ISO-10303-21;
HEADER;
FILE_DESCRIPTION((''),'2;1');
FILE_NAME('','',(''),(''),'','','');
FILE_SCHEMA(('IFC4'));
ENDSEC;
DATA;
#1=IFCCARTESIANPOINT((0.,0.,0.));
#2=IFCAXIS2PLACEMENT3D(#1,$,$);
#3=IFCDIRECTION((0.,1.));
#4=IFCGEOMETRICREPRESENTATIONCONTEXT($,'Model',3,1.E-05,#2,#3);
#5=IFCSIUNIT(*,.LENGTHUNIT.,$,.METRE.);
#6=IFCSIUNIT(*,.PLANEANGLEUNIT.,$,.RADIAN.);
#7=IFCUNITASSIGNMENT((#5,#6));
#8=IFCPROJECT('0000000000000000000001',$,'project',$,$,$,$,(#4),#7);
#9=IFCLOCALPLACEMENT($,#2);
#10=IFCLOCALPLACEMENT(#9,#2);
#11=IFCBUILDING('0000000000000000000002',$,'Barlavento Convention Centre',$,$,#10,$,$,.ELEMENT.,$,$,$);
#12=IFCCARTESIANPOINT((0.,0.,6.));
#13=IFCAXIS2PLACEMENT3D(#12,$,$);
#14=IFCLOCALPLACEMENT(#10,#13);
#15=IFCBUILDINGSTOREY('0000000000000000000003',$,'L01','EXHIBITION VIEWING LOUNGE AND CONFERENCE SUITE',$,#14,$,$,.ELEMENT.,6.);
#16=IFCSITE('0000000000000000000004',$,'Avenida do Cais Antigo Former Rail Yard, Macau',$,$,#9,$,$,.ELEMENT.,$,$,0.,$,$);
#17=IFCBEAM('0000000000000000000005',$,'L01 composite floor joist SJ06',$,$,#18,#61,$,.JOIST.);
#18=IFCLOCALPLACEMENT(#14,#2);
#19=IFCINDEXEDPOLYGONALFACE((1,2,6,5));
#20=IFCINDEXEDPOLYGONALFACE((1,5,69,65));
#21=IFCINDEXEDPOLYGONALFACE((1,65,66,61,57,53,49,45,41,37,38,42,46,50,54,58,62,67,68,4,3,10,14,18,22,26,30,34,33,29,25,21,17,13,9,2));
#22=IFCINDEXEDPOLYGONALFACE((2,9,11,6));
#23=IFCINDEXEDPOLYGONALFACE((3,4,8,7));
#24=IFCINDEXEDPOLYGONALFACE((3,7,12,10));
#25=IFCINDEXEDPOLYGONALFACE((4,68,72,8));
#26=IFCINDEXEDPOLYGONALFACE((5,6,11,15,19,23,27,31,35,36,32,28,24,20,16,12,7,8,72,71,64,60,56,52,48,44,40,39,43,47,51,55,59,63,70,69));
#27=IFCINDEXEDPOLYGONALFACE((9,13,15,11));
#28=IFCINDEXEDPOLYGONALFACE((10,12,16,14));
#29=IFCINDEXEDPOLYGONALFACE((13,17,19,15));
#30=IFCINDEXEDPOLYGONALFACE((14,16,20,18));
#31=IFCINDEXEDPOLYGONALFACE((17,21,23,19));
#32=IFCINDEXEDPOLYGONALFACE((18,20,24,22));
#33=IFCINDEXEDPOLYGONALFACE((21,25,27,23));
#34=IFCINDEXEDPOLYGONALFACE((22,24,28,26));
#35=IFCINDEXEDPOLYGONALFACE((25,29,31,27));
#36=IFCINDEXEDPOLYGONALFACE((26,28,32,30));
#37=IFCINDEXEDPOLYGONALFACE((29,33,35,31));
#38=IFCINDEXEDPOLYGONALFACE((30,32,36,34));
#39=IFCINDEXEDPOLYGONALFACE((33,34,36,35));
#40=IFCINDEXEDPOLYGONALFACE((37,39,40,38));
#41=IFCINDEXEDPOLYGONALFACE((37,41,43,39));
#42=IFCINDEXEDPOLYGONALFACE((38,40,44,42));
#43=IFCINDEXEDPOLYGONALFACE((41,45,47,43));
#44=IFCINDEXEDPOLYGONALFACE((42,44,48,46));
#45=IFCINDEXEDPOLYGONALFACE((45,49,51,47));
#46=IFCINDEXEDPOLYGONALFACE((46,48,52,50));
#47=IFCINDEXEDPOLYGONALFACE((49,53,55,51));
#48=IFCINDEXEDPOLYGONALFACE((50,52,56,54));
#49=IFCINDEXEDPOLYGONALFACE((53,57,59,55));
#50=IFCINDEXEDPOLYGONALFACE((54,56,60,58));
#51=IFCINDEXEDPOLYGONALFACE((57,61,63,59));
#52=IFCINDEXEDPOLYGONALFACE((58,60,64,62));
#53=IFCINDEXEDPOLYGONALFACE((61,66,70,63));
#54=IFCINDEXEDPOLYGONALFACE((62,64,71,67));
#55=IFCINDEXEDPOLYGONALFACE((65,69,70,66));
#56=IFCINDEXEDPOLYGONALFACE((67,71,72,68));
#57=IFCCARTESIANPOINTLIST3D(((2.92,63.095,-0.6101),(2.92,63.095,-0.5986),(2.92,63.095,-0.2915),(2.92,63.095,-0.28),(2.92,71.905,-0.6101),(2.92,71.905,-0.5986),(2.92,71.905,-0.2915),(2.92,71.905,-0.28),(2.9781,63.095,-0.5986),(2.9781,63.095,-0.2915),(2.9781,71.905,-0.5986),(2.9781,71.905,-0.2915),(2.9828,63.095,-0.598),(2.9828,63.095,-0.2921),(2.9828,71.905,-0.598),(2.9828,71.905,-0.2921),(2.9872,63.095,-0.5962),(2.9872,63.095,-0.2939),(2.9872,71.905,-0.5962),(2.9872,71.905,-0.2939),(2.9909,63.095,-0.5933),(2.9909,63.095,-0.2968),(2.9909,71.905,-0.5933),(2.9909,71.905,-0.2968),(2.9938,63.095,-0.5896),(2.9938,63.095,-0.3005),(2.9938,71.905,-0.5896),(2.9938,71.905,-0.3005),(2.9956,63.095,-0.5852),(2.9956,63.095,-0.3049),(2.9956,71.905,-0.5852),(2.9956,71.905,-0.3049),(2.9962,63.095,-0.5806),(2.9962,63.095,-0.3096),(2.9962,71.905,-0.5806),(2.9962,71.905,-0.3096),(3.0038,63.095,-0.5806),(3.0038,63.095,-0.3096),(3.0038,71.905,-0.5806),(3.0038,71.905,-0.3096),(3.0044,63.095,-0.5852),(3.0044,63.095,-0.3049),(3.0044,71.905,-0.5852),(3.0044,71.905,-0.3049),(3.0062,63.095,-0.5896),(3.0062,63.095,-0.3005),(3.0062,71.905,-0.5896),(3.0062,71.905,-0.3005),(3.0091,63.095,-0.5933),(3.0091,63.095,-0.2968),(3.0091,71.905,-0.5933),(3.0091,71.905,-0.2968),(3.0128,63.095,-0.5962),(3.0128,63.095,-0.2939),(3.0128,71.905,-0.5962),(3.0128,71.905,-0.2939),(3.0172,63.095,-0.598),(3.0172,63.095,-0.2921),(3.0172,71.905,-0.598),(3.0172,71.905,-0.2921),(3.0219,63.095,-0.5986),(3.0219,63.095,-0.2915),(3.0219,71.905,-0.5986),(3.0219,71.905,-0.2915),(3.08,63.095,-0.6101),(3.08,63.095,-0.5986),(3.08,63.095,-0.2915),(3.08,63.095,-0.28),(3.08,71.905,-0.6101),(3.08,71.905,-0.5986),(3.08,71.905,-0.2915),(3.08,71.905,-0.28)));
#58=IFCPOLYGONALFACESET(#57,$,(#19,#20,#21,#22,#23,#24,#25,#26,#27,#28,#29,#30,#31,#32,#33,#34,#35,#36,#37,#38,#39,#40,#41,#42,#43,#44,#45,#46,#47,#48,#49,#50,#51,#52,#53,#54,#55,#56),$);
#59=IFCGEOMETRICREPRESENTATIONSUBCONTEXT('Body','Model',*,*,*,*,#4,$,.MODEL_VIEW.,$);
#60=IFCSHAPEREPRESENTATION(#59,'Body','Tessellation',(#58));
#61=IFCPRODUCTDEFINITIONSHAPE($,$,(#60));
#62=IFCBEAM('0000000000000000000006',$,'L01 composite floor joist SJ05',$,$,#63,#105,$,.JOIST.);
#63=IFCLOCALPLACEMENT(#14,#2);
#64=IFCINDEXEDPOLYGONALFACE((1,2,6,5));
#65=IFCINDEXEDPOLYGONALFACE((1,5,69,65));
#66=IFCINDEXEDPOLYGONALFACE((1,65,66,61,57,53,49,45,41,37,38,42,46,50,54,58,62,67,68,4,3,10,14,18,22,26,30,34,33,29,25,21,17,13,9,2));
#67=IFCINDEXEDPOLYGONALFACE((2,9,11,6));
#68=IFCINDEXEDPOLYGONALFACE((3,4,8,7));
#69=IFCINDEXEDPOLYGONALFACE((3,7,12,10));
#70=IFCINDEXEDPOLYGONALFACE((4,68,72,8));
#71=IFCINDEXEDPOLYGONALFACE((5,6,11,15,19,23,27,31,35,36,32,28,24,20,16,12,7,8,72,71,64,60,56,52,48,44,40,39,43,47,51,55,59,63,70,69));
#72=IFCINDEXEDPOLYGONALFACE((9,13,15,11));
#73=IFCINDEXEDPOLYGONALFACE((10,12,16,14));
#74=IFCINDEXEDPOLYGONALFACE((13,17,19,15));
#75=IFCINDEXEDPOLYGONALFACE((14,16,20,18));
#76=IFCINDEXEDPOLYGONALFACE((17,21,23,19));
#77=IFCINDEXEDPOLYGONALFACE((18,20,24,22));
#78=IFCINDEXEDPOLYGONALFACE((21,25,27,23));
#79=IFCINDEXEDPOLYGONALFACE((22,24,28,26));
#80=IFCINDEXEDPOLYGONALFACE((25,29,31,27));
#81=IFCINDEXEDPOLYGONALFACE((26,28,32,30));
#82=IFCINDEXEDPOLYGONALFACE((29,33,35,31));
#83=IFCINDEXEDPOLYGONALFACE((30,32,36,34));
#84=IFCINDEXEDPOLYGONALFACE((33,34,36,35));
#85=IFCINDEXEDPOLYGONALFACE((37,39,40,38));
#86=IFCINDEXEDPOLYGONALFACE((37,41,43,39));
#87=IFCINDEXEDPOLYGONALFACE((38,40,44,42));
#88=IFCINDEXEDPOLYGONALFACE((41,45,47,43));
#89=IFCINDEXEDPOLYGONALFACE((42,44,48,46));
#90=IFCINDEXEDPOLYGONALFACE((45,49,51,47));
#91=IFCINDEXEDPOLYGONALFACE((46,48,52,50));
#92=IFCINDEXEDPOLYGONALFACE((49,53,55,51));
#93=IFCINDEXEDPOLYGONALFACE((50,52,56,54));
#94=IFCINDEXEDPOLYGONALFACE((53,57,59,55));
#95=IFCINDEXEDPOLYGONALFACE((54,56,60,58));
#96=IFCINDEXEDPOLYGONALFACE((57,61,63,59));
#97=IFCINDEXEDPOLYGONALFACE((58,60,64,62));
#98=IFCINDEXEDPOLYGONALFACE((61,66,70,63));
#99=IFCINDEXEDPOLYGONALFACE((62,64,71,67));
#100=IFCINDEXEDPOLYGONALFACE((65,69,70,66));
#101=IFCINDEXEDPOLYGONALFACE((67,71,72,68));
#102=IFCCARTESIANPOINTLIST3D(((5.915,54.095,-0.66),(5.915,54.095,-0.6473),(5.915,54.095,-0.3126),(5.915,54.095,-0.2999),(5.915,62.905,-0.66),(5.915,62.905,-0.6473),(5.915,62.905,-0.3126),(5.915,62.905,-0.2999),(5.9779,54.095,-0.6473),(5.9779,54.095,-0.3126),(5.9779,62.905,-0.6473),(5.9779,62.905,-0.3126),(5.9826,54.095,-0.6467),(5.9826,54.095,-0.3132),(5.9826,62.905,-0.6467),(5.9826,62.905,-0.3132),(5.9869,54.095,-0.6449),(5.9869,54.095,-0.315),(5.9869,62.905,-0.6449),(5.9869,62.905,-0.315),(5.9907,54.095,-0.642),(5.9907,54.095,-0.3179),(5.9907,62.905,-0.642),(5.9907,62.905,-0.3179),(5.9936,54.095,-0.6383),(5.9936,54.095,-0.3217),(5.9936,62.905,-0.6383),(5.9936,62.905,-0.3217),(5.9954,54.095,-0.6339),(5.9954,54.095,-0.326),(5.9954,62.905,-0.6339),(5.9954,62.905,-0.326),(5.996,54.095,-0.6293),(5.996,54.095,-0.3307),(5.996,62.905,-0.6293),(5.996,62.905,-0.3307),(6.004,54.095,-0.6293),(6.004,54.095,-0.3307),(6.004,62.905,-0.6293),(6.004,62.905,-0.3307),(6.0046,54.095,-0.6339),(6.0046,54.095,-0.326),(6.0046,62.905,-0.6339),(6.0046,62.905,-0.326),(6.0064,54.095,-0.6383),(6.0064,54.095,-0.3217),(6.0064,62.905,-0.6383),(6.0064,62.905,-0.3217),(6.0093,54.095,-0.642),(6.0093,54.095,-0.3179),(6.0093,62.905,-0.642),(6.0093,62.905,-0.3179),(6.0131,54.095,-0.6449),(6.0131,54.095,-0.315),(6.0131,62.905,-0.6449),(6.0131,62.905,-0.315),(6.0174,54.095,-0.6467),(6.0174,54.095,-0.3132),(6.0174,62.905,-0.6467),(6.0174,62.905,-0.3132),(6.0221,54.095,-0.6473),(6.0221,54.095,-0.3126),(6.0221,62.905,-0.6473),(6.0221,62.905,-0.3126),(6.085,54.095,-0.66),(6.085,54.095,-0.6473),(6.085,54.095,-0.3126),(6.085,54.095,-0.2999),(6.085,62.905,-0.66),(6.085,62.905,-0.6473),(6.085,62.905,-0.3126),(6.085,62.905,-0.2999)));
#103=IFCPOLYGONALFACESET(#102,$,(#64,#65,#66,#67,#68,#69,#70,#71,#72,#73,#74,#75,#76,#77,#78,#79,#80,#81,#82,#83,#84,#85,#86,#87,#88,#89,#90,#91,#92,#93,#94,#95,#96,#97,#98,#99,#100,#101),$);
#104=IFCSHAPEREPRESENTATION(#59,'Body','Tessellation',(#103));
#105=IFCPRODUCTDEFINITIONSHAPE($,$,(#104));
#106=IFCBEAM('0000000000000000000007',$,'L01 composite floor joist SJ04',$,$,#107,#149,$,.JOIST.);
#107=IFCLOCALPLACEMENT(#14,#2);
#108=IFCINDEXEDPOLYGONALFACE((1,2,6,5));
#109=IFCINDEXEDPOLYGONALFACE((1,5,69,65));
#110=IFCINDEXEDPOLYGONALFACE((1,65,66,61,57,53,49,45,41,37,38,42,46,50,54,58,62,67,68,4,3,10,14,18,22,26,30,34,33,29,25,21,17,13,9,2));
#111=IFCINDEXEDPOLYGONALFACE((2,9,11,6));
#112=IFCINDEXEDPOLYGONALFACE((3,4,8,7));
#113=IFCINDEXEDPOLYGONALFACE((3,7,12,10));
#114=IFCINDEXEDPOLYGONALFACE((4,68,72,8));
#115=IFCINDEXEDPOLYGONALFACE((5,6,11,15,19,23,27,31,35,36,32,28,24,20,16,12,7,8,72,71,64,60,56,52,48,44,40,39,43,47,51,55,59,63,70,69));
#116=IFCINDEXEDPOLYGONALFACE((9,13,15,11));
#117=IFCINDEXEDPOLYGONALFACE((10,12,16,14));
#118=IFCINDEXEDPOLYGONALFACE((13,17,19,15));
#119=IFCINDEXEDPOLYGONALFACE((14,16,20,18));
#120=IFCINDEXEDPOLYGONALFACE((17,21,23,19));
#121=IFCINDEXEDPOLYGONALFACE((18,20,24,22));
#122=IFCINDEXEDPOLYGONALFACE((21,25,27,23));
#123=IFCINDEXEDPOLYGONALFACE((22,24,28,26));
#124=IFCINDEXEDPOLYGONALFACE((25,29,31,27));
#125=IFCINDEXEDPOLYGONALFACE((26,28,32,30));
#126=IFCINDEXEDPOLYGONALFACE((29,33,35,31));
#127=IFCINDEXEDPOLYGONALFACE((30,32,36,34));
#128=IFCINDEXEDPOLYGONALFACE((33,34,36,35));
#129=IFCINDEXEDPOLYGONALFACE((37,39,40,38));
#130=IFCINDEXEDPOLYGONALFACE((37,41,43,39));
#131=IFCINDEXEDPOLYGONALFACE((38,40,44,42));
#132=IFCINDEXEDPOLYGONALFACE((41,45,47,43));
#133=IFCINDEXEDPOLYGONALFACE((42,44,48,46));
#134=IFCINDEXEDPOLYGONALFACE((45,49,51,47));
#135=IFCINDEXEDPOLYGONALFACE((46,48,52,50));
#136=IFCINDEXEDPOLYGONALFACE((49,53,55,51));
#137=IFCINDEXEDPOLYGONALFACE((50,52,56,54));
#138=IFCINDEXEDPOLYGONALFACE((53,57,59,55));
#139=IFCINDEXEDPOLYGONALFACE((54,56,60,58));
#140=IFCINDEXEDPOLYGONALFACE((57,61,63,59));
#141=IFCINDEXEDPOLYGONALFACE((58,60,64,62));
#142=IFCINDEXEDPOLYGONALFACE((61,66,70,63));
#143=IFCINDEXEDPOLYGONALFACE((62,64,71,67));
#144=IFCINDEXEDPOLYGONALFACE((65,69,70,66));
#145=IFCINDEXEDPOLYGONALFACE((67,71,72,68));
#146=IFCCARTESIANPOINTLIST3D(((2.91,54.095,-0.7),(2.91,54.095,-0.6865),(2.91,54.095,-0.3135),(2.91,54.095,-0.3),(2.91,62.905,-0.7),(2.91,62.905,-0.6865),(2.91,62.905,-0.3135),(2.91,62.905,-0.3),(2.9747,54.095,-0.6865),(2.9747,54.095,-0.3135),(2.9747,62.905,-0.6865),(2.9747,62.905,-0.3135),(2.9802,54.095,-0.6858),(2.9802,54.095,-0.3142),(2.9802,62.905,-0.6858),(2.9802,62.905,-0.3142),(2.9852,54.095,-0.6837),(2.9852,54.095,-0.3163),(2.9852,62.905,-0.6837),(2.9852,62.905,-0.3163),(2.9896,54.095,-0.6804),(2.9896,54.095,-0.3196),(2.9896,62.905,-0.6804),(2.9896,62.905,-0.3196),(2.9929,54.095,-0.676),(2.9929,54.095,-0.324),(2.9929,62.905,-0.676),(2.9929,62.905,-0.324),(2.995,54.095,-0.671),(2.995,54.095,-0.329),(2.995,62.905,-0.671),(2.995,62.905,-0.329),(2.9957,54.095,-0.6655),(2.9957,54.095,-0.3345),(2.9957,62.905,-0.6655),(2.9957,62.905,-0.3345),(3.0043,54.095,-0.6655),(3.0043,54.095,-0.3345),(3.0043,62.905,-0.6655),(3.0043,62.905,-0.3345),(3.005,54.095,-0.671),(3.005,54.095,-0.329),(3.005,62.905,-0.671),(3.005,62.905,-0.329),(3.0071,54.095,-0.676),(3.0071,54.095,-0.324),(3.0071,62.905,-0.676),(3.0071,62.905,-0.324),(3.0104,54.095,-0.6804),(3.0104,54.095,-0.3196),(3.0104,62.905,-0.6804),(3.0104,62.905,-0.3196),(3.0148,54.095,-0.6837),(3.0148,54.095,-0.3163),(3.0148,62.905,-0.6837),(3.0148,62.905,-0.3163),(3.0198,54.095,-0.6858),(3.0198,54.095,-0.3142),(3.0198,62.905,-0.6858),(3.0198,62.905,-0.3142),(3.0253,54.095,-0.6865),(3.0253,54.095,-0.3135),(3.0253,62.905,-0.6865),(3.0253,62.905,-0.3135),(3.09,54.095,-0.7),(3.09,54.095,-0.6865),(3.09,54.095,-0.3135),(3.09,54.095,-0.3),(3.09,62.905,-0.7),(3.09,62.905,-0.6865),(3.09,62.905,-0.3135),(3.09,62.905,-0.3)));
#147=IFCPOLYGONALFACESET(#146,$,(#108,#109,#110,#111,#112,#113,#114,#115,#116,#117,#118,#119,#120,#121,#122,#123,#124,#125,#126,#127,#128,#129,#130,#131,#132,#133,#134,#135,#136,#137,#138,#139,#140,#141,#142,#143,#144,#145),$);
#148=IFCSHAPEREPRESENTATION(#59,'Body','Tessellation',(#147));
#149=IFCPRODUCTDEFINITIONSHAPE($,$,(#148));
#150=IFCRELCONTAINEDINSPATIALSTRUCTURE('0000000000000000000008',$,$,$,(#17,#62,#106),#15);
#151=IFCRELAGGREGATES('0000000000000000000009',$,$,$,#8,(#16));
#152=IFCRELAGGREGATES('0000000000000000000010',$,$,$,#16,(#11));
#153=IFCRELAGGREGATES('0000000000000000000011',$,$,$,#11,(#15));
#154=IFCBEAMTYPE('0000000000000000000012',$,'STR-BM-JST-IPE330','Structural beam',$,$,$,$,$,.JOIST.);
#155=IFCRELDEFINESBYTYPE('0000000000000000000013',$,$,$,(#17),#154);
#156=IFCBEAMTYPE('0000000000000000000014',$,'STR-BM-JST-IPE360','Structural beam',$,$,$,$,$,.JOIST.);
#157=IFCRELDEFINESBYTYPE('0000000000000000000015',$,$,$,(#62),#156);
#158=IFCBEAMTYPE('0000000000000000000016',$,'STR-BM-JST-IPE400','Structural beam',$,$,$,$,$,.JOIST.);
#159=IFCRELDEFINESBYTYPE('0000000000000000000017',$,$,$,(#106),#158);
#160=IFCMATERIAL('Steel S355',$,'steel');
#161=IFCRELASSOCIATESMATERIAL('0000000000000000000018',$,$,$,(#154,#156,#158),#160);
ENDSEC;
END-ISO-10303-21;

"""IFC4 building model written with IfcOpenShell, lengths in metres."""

from ifc_helpers import new_model, si_unit, direction, frame, origin, origin_2d, place, context, subcontext, project, spatial, i_section, extrude, material, material_profile, profile_set, type_object, element, save


model = new_model("IFC4")

# Units and contexts
model_context = context("Model", 3, precision=1e-05, world=origin(), true_north=direction((0.0, 1.0)))
body_context = subcontext(model_context, "Body", "Model", "MODEL_VIEW")
ifc_project = project(units=[si_unit("LENGTHUNIT", "METRE"), si_unit("PLANEANGLEUNIT", "RADIAN")], contexts=[model_context])

# Site, building, storey
site_placement = place(None, origin())
site = spatial("IfcSite", under=ifc_project, at=site_placement, Name="Avenida do Cais Antigo Former Rail Yard, Macau", CompositionType="ELEMENT", RefElevation=0.0)
building_placement = place(site_placement, origin())
building = spatial("IfcBuilding", under=site, at=building_placement, Name="Barlavento Convention Centre", CompositionType="ELEMENT")
storey_placement = place(building_placement, frame((0.0, 0.0, 6.0)))
storey = spatial("IfcBuildingStorey", under=building, at=storey_placement, Name="L01", Description="EXHIBITION VIEWING LOUNGE AND CONFERENCE SUITE", CompositionType="ELEMENT", Elevation=6.0)

# Shared definitions
ifc_material_1 = material(Name="Steel S355", Category="steel")

# Beams
ifc_material_profile_1 = material_profile(ifc_material_1, i_section(OverallWidth=0.1599, OverallDepth=0.3301, WebThickness=0.0076, FlangeThickness=0.0115, FilletRadius=0.0181, at=origin_2d()), Name="IPE 330")
ifc_profile_set_1 = profile_set([ifc_material_profile_1], Name="Steel S355")
beam_type_1 = type_object("IfcBeamType", Name="STR-BM-JST-IPE330", Description="Structural beam", PredefinedType="JOIST", material=ifc_profile_set_1)
beam_1_placement = place(storey_placement, frame((3.0, 63.095, -0.4451), z_axis=(0.0, 1.0, 0.0), x_axis=(-1.0, 0.0, 0.0)))
element("IfcBeam", 1, at=beam_1_placement, inside=storey, type_object=beam_type_1, Name="L01 composite floor joist SJ06", PredefinedType="JOIST", context=body_context, shape_type="SweptSolid", body=[
    extrude(i_section(OverallWidth=0.1599, OverallDepth=0.3301, WebThickness=0.0076, FlangeThickness=0.0115, FilletRadius=0.0181, at=origin_2d()), origin(), (0.0, 0.0, 1.0), 8.8101),
])
ifc_material_profile_2 = material_profile(ifc_material_1, i_section(OverallWidth=0.1699, OverallDepth=0.3601, WebThickness=0.0081, FlangeThickness=0.0127, FilletRadius=0.0181, at=origin_2d()), Name="IPE 360")
ifc_profile_set_2 = profile_set([ifc_material_profile_2], Name="Steel S355")
beam_type_2 = type_object("IfcBeamType", Name="STR-BM-JST-IPE360", Description="Structural beam", PredefinedType="JOIST", material=ifc_profile_set_2)
beam_2_placement = place(storey_placement, frame((6.0, 54.095, -0.48), z_axis=(0.0, 1.0, 0.0), x_axis=(-1.0, 0.0, 0.0)))
element("IfcBeam", 2, at=beam_2_placement, inside=storey, type_object=beam_type_2, Name="L01 composite floor joist SJ05", PredefinedType="JOIST", context=body_context, shape_type="SweptSolid", body=[
    extrude(i_section(OverallWidth=0.1699, OverallDepth=0.3601, WebThickness=0.0081, FlangeThickness=0.0127, FilletRadius=0.0181, at=origin_2d()), origin(), (0.0, 0.0, 1.0), 8.8101),
])
ifc_material_profile_3 = material_profile(ifc_material_1, i_section(OverallWidth=0.1799, OverallDepth=0.3999, WebThickness=0.0085, FlangeThickness=0.0134, FilletRadius=0.021, at=origin_2d()), Name="IPE 400")
ifc_profile_set_3 = profile_set([ifc_material_profile_3], Name="Steel S355")
beam_type_3 = type_object("IfcBeamType", Name="STR-BM-JST-IPE400", Description="Structural beam", PredefinedType="JOIST", material=ifc_profile_set_3)
beam_3_placement = place(storey_placement, frame((3.0, 54.095, -0.5), z_axis=(0.0, 1.0, 0.0), x_axis=(-1.0, 0.0, 0.0)))
element("IfcBeam", 3, at=beam_3_placement, inside=storey, type_object=beam_type_3, Name="L01 composite floor joist SJ04", PredefinedType="JOIST", context=body_context, shape_type="SweptSolid", body=[
    extrude(i_section(OverallWidth=0.1799, OverallDepth=0.3999, WebThickness=0.0085, FlangeThickness=0.0134, FilletRadius=0.021, at=origin_2d()), origin(), (0.0, 0.0, 1.0), 8.8101),
])

save(model, "model.ifc")
